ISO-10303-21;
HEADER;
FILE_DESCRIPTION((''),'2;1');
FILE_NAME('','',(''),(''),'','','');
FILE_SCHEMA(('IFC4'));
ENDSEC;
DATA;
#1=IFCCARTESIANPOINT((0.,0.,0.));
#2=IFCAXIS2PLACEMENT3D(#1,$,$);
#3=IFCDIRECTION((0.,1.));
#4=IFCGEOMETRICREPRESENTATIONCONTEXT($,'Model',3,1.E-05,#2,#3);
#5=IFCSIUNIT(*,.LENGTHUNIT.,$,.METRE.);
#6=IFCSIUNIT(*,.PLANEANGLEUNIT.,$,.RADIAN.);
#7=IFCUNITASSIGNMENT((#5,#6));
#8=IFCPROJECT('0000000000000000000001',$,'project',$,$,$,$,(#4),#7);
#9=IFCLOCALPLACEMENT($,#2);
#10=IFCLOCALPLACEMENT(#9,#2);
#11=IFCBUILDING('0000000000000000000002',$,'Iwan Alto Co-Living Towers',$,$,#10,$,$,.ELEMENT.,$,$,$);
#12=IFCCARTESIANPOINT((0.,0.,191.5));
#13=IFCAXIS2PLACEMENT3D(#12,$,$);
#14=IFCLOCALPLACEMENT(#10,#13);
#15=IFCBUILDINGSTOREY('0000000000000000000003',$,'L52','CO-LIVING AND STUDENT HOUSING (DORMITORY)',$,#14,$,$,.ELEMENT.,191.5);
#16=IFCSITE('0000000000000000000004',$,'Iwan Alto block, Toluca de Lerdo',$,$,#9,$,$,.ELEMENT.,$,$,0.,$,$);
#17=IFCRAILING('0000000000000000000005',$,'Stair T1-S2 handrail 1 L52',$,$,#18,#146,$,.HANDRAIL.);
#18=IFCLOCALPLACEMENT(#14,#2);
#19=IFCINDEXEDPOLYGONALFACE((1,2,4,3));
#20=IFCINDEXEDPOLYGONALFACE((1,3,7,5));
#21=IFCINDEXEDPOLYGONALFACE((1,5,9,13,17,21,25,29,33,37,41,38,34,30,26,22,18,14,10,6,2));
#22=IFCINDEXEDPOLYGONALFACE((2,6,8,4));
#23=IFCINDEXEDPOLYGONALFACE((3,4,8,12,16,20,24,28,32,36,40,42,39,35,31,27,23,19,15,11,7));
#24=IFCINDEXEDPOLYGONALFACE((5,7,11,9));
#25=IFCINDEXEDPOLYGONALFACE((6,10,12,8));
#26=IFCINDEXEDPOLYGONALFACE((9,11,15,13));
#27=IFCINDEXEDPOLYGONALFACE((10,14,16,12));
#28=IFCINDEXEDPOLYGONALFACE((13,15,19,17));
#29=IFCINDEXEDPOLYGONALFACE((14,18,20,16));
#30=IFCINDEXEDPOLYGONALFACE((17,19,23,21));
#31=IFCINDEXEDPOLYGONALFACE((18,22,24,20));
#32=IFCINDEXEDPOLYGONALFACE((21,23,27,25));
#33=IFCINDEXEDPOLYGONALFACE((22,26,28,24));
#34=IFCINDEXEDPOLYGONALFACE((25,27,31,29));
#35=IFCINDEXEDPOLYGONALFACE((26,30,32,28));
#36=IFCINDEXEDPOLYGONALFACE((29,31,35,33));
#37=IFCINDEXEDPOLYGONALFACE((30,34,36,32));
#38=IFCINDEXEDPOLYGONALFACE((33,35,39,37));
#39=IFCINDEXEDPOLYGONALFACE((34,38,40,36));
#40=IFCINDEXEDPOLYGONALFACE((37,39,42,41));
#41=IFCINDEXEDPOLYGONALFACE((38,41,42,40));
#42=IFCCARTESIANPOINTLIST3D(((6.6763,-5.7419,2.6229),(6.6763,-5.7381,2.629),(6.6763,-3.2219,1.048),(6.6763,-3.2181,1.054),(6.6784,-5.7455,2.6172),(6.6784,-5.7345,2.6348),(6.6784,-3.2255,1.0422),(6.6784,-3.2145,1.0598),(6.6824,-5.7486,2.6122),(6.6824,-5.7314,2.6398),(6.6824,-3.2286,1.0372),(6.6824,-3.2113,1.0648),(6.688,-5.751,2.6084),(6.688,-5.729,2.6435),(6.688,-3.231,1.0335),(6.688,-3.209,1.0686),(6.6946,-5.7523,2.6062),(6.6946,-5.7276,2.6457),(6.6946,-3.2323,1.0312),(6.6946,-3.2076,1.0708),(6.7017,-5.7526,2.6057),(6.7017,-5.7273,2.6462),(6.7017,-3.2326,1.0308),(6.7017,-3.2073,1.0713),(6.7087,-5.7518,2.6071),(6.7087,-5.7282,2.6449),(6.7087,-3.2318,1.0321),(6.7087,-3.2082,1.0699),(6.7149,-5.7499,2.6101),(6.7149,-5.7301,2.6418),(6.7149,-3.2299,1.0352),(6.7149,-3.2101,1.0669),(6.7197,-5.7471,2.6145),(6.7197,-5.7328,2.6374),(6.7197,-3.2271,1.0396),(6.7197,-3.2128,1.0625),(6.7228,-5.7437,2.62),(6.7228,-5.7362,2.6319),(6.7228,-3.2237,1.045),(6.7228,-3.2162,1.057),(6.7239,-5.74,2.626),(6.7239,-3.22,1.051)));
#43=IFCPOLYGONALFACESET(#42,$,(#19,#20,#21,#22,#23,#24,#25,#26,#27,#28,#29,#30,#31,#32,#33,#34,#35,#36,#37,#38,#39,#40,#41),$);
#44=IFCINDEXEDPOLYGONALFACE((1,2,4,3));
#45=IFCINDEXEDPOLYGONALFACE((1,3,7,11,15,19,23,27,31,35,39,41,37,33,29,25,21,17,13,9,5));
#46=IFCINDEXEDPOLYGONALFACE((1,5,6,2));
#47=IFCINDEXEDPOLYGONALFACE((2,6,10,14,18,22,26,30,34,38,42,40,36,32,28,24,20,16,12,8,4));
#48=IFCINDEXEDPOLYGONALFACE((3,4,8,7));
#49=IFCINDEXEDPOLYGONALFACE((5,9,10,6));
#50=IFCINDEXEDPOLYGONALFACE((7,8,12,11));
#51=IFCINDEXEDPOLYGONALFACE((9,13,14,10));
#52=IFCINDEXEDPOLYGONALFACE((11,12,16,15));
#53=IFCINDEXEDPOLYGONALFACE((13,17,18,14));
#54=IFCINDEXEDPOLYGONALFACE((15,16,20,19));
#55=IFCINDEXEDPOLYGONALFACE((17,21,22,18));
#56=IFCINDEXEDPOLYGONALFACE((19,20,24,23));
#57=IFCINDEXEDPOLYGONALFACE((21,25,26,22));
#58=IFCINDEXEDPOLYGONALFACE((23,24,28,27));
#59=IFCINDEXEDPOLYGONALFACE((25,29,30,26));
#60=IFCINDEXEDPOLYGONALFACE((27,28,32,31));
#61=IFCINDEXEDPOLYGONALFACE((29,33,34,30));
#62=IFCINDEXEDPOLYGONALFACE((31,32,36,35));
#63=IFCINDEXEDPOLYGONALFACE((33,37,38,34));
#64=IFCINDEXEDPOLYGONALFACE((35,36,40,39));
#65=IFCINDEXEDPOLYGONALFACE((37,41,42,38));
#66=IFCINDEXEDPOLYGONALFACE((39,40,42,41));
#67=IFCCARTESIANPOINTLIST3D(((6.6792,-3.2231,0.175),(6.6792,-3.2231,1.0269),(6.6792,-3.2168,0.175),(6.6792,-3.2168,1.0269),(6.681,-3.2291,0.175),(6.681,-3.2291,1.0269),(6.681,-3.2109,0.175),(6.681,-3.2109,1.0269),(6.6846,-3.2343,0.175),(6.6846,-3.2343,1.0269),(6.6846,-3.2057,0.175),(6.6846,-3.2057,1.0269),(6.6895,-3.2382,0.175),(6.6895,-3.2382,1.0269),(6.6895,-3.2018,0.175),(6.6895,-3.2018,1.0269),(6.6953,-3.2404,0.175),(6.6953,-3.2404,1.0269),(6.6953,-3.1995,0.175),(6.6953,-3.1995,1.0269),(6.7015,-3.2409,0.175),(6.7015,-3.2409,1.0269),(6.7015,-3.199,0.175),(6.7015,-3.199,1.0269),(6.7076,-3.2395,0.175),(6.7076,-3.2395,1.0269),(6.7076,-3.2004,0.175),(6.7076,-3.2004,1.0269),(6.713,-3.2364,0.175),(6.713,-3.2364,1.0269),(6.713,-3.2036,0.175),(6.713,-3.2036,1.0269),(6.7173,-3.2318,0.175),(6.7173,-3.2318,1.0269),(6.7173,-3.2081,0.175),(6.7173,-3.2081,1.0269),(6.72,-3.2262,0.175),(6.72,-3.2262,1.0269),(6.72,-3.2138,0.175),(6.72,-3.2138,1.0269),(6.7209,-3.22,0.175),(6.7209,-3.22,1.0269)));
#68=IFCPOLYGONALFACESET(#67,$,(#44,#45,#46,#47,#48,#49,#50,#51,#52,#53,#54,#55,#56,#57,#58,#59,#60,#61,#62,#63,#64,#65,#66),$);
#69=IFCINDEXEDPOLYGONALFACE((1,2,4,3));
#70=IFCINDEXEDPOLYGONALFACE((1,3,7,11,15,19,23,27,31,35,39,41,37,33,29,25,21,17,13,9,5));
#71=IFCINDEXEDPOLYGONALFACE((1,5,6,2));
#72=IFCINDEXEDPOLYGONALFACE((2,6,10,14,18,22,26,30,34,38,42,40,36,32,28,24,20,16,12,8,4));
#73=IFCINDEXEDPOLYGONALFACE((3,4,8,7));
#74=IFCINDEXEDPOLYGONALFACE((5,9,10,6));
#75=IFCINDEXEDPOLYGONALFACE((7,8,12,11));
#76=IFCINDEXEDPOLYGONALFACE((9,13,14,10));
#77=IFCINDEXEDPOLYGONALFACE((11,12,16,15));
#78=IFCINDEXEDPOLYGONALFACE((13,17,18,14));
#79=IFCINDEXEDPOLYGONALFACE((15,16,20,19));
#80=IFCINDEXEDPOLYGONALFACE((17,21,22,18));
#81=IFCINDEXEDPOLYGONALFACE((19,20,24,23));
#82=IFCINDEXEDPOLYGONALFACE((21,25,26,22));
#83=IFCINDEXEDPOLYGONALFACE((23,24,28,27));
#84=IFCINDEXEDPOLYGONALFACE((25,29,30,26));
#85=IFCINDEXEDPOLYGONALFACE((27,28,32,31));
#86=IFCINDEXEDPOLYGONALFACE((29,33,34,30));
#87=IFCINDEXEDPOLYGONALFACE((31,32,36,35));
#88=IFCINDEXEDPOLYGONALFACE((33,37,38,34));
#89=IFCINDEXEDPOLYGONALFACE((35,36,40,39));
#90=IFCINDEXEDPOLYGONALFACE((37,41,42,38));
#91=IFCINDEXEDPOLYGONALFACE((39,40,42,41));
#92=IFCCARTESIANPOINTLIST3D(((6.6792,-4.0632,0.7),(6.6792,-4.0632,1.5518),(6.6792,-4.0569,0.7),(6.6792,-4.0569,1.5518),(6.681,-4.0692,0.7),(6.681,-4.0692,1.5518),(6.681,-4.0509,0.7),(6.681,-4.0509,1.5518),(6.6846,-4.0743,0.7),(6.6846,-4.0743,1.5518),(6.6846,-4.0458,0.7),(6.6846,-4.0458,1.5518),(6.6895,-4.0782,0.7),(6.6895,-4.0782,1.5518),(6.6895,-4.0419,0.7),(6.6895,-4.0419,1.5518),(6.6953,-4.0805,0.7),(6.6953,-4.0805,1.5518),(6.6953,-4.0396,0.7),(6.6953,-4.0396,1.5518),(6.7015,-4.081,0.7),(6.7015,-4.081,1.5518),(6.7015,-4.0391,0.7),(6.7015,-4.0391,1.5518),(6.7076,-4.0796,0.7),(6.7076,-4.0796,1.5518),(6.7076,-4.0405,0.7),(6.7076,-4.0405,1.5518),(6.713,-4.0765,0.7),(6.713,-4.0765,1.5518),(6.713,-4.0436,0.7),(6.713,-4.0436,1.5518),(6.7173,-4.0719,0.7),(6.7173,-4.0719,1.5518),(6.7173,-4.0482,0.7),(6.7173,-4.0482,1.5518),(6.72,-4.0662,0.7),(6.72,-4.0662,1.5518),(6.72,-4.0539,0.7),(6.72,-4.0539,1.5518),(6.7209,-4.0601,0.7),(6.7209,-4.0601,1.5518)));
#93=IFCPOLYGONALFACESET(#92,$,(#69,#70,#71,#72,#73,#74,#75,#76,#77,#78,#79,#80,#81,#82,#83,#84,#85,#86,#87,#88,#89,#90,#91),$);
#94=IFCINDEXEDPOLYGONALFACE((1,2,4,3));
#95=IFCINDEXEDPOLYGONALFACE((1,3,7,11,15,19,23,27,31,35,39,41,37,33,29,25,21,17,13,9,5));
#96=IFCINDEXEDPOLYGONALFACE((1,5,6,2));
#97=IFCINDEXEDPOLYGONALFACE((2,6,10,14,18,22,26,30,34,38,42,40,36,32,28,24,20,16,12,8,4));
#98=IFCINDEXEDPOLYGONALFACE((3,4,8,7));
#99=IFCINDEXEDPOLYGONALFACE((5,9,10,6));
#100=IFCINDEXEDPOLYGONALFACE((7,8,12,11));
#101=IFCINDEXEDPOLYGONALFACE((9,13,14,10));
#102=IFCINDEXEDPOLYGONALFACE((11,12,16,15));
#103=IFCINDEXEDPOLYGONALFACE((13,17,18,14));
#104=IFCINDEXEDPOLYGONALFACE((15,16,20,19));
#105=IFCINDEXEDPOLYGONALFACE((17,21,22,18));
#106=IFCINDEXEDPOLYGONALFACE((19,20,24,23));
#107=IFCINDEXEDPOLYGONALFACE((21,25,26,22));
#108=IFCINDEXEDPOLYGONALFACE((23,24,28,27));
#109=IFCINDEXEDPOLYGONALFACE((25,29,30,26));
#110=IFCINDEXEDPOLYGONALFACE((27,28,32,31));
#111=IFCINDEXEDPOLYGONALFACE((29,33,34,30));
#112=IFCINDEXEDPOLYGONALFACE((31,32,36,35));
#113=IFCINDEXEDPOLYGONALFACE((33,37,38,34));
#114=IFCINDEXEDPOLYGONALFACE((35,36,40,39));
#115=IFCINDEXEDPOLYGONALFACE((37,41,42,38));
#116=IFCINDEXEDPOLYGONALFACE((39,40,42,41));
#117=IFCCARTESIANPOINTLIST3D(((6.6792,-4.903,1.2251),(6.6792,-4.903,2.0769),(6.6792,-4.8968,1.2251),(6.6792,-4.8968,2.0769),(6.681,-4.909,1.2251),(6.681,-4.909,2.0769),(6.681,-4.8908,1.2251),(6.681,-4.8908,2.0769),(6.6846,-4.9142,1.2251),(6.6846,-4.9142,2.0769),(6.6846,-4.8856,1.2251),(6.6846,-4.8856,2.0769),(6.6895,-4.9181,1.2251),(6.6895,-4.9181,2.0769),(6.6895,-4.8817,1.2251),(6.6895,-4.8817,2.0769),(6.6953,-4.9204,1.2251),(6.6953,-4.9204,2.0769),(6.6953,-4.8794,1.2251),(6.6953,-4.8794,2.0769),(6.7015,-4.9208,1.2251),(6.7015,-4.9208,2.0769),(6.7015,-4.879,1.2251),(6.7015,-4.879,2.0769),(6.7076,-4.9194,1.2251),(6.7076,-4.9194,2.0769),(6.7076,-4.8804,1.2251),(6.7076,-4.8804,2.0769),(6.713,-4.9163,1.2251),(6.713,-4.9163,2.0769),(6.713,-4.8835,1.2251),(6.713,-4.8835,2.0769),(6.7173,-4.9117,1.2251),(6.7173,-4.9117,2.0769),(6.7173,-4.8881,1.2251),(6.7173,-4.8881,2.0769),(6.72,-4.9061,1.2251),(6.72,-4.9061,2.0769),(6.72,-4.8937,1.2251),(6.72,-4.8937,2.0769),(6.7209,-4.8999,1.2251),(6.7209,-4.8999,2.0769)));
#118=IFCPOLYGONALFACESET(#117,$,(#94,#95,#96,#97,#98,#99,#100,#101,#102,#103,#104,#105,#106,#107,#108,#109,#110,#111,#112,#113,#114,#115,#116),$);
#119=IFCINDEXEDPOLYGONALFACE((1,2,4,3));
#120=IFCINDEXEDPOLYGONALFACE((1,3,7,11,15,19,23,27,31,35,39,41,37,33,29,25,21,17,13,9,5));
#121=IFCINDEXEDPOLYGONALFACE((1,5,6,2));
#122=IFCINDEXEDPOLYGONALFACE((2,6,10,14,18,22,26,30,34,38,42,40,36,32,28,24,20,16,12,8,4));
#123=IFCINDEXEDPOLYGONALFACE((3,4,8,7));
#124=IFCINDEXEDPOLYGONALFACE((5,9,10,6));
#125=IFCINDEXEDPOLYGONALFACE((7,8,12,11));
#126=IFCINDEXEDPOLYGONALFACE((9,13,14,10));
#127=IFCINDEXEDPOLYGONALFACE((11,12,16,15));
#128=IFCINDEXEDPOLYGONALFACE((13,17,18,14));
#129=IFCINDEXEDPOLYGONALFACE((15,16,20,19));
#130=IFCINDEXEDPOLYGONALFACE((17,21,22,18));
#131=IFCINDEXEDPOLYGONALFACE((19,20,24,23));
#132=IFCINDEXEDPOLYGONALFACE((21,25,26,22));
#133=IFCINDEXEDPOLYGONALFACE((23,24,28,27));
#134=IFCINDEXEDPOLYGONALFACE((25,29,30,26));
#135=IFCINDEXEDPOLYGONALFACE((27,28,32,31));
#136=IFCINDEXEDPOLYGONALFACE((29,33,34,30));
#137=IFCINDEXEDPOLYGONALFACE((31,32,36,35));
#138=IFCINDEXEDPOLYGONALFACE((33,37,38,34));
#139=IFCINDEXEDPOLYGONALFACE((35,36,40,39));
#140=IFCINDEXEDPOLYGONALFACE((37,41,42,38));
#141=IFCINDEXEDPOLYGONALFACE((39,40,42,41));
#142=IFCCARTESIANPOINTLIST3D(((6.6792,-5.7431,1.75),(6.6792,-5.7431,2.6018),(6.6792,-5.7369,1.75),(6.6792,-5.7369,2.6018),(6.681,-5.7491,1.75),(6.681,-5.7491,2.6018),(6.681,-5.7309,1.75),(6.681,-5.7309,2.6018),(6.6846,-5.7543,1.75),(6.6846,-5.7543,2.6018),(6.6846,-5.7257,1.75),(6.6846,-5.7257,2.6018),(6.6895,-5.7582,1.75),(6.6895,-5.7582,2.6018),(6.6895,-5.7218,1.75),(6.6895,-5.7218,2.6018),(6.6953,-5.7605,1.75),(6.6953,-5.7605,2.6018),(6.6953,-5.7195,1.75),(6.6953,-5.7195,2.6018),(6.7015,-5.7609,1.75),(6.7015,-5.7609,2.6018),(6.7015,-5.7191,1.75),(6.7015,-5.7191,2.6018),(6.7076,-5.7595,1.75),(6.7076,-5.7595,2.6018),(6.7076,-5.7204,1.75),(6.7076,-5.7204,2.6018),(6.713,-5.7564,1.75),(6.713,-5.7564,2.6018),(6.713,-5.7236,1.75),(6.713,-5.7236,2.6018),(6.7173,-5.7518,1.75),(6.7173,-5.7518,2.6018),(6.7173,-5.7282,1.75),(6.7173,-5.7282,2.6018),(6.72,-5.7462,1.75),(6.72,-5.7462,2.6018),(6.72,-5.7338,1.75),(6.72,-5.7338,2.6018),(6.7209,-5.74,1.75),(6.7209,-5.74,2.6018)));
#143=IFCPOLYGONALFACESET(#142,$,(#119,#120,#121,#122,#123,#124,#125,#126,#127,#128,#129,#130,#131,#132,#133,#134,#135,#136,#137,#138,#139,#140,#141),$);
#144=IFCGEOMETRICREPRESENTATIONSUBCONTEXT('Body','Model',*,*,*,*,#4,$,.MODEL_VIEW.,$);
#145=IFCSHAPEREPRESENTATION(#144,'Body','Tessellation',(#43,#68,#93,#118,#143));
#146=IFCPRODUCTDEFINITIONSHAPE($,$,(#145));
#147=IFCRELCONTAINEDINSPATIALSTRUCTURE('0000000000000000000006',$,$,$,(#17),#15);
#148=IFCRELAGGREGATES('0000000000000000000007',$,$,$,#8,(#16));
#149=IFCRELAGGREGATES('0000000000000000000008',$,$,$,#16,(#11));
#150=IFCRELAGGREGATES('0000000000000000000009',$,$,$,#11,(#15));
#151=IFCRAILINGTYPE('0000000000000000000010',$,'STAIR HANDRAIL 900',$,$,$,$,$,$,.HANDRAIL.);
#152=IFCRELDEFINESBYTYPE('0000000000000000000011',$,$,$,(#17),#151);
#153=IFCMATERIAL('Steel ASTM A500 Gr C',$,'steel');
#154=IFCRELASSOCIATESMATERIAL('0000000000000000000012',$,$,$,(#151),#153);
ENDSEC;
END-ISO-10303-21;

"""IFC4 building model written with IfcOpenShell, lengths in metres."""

from ifc_helpers import new_model, si_unit, direction, frame, origin, origin_2d, place, context, subcontext, project, spatial, circle, extrude, material, type_object, element, save


model = new_model("IFC4")

# Units and contexts
model_context = context("Model", 3, precision=1e-05, world=origin(), true_north=direction((0.0, 1.0)))
body_context = subcontext(model_context, "Body", "Model", "MODEL_VIEW")
ifc_project = project(units=[si_unit("LENGTHUNIT", "METRE"), si_unit("PLANEANGLEUNIT", "RADIAN")], contexts=[model_context])

# Site, building, storey
site_placement = place(None, origin())
site = spatial("IfcSite", under=ifc_project, at=site_placement, Name="Iwan Alto block, Toluca de Lerdo", CompositionType="ELEMENT", RefElevation=0.0)
building_placement = place(site_placement, origin())
building = spatial("IfcBuilding", under=site, at=building_placement, Name="Iwan Alto Co-Living Towers", CompositionType="ELEMENT")
storey_placement = place(building_placement, frame((0.0, 0.0, 191.5)))
storey = spatial("IfcBuildingStorey", under=building, at=storey_placement, Name="L52", Description="CO-LIVING AND STUDENT HOUSING (DORMITORY)", CompositionType="ELEMENT", Elevation=191.5)

# Railing
ifc_material_1 = material(Name="Steel ASTM A500 Gr C", Category="steel")
railing_type_1 = type_object("IfcRailingType", Name="STAIR HANDRAIL 900", PredefinedType="HANDRAIL", material=ifc_material_1)
railing_1_placement = place(storey_placement, frame((6.7, -3.22, 0.175)))
element("IfcRailing", 1, at=railing_1_placement, inside=storey, type_object=railing_type_1, Name="Stair T1-S2 handrail 1 L52", PredefinedType="HANDRAIL", context=body_context, shape_type="SweptSolid", body=[
    extrude(circle(Radius=0.0239, at=origin_2d()), frame((0.0, 0.0, 0.876), z_axis=(0.0, -0.848008, 0.529984), x_axis=(1.0, 0.0, 0.0)), (0.0, 0.0, 1.0), 2.9717),
    extrude(circle(Radius=0.021, at=origin_2d()), origin(), (0.0, 0.0, 1.0), 0.8518),
    extrude(circle(Radius=0.021, at=origin_2d()), frame((0.0, -0.8401, 0.5249)), (0.0, 0.0, 1.0), 0.8518),
    extrude(circle(Radius=0.021, at=origin_2d()), frame((0.0, -1.6799, 1.05)), (0.0, 0.0, 1.0), 0.8518),
    extrude(circle(Radius=0.021, at=origin_2d()), frame((0.0, -2.52, 1.575)), (0.0, 0.0, 1.0), 0.8518),
])

save(model, "model.ifc")
